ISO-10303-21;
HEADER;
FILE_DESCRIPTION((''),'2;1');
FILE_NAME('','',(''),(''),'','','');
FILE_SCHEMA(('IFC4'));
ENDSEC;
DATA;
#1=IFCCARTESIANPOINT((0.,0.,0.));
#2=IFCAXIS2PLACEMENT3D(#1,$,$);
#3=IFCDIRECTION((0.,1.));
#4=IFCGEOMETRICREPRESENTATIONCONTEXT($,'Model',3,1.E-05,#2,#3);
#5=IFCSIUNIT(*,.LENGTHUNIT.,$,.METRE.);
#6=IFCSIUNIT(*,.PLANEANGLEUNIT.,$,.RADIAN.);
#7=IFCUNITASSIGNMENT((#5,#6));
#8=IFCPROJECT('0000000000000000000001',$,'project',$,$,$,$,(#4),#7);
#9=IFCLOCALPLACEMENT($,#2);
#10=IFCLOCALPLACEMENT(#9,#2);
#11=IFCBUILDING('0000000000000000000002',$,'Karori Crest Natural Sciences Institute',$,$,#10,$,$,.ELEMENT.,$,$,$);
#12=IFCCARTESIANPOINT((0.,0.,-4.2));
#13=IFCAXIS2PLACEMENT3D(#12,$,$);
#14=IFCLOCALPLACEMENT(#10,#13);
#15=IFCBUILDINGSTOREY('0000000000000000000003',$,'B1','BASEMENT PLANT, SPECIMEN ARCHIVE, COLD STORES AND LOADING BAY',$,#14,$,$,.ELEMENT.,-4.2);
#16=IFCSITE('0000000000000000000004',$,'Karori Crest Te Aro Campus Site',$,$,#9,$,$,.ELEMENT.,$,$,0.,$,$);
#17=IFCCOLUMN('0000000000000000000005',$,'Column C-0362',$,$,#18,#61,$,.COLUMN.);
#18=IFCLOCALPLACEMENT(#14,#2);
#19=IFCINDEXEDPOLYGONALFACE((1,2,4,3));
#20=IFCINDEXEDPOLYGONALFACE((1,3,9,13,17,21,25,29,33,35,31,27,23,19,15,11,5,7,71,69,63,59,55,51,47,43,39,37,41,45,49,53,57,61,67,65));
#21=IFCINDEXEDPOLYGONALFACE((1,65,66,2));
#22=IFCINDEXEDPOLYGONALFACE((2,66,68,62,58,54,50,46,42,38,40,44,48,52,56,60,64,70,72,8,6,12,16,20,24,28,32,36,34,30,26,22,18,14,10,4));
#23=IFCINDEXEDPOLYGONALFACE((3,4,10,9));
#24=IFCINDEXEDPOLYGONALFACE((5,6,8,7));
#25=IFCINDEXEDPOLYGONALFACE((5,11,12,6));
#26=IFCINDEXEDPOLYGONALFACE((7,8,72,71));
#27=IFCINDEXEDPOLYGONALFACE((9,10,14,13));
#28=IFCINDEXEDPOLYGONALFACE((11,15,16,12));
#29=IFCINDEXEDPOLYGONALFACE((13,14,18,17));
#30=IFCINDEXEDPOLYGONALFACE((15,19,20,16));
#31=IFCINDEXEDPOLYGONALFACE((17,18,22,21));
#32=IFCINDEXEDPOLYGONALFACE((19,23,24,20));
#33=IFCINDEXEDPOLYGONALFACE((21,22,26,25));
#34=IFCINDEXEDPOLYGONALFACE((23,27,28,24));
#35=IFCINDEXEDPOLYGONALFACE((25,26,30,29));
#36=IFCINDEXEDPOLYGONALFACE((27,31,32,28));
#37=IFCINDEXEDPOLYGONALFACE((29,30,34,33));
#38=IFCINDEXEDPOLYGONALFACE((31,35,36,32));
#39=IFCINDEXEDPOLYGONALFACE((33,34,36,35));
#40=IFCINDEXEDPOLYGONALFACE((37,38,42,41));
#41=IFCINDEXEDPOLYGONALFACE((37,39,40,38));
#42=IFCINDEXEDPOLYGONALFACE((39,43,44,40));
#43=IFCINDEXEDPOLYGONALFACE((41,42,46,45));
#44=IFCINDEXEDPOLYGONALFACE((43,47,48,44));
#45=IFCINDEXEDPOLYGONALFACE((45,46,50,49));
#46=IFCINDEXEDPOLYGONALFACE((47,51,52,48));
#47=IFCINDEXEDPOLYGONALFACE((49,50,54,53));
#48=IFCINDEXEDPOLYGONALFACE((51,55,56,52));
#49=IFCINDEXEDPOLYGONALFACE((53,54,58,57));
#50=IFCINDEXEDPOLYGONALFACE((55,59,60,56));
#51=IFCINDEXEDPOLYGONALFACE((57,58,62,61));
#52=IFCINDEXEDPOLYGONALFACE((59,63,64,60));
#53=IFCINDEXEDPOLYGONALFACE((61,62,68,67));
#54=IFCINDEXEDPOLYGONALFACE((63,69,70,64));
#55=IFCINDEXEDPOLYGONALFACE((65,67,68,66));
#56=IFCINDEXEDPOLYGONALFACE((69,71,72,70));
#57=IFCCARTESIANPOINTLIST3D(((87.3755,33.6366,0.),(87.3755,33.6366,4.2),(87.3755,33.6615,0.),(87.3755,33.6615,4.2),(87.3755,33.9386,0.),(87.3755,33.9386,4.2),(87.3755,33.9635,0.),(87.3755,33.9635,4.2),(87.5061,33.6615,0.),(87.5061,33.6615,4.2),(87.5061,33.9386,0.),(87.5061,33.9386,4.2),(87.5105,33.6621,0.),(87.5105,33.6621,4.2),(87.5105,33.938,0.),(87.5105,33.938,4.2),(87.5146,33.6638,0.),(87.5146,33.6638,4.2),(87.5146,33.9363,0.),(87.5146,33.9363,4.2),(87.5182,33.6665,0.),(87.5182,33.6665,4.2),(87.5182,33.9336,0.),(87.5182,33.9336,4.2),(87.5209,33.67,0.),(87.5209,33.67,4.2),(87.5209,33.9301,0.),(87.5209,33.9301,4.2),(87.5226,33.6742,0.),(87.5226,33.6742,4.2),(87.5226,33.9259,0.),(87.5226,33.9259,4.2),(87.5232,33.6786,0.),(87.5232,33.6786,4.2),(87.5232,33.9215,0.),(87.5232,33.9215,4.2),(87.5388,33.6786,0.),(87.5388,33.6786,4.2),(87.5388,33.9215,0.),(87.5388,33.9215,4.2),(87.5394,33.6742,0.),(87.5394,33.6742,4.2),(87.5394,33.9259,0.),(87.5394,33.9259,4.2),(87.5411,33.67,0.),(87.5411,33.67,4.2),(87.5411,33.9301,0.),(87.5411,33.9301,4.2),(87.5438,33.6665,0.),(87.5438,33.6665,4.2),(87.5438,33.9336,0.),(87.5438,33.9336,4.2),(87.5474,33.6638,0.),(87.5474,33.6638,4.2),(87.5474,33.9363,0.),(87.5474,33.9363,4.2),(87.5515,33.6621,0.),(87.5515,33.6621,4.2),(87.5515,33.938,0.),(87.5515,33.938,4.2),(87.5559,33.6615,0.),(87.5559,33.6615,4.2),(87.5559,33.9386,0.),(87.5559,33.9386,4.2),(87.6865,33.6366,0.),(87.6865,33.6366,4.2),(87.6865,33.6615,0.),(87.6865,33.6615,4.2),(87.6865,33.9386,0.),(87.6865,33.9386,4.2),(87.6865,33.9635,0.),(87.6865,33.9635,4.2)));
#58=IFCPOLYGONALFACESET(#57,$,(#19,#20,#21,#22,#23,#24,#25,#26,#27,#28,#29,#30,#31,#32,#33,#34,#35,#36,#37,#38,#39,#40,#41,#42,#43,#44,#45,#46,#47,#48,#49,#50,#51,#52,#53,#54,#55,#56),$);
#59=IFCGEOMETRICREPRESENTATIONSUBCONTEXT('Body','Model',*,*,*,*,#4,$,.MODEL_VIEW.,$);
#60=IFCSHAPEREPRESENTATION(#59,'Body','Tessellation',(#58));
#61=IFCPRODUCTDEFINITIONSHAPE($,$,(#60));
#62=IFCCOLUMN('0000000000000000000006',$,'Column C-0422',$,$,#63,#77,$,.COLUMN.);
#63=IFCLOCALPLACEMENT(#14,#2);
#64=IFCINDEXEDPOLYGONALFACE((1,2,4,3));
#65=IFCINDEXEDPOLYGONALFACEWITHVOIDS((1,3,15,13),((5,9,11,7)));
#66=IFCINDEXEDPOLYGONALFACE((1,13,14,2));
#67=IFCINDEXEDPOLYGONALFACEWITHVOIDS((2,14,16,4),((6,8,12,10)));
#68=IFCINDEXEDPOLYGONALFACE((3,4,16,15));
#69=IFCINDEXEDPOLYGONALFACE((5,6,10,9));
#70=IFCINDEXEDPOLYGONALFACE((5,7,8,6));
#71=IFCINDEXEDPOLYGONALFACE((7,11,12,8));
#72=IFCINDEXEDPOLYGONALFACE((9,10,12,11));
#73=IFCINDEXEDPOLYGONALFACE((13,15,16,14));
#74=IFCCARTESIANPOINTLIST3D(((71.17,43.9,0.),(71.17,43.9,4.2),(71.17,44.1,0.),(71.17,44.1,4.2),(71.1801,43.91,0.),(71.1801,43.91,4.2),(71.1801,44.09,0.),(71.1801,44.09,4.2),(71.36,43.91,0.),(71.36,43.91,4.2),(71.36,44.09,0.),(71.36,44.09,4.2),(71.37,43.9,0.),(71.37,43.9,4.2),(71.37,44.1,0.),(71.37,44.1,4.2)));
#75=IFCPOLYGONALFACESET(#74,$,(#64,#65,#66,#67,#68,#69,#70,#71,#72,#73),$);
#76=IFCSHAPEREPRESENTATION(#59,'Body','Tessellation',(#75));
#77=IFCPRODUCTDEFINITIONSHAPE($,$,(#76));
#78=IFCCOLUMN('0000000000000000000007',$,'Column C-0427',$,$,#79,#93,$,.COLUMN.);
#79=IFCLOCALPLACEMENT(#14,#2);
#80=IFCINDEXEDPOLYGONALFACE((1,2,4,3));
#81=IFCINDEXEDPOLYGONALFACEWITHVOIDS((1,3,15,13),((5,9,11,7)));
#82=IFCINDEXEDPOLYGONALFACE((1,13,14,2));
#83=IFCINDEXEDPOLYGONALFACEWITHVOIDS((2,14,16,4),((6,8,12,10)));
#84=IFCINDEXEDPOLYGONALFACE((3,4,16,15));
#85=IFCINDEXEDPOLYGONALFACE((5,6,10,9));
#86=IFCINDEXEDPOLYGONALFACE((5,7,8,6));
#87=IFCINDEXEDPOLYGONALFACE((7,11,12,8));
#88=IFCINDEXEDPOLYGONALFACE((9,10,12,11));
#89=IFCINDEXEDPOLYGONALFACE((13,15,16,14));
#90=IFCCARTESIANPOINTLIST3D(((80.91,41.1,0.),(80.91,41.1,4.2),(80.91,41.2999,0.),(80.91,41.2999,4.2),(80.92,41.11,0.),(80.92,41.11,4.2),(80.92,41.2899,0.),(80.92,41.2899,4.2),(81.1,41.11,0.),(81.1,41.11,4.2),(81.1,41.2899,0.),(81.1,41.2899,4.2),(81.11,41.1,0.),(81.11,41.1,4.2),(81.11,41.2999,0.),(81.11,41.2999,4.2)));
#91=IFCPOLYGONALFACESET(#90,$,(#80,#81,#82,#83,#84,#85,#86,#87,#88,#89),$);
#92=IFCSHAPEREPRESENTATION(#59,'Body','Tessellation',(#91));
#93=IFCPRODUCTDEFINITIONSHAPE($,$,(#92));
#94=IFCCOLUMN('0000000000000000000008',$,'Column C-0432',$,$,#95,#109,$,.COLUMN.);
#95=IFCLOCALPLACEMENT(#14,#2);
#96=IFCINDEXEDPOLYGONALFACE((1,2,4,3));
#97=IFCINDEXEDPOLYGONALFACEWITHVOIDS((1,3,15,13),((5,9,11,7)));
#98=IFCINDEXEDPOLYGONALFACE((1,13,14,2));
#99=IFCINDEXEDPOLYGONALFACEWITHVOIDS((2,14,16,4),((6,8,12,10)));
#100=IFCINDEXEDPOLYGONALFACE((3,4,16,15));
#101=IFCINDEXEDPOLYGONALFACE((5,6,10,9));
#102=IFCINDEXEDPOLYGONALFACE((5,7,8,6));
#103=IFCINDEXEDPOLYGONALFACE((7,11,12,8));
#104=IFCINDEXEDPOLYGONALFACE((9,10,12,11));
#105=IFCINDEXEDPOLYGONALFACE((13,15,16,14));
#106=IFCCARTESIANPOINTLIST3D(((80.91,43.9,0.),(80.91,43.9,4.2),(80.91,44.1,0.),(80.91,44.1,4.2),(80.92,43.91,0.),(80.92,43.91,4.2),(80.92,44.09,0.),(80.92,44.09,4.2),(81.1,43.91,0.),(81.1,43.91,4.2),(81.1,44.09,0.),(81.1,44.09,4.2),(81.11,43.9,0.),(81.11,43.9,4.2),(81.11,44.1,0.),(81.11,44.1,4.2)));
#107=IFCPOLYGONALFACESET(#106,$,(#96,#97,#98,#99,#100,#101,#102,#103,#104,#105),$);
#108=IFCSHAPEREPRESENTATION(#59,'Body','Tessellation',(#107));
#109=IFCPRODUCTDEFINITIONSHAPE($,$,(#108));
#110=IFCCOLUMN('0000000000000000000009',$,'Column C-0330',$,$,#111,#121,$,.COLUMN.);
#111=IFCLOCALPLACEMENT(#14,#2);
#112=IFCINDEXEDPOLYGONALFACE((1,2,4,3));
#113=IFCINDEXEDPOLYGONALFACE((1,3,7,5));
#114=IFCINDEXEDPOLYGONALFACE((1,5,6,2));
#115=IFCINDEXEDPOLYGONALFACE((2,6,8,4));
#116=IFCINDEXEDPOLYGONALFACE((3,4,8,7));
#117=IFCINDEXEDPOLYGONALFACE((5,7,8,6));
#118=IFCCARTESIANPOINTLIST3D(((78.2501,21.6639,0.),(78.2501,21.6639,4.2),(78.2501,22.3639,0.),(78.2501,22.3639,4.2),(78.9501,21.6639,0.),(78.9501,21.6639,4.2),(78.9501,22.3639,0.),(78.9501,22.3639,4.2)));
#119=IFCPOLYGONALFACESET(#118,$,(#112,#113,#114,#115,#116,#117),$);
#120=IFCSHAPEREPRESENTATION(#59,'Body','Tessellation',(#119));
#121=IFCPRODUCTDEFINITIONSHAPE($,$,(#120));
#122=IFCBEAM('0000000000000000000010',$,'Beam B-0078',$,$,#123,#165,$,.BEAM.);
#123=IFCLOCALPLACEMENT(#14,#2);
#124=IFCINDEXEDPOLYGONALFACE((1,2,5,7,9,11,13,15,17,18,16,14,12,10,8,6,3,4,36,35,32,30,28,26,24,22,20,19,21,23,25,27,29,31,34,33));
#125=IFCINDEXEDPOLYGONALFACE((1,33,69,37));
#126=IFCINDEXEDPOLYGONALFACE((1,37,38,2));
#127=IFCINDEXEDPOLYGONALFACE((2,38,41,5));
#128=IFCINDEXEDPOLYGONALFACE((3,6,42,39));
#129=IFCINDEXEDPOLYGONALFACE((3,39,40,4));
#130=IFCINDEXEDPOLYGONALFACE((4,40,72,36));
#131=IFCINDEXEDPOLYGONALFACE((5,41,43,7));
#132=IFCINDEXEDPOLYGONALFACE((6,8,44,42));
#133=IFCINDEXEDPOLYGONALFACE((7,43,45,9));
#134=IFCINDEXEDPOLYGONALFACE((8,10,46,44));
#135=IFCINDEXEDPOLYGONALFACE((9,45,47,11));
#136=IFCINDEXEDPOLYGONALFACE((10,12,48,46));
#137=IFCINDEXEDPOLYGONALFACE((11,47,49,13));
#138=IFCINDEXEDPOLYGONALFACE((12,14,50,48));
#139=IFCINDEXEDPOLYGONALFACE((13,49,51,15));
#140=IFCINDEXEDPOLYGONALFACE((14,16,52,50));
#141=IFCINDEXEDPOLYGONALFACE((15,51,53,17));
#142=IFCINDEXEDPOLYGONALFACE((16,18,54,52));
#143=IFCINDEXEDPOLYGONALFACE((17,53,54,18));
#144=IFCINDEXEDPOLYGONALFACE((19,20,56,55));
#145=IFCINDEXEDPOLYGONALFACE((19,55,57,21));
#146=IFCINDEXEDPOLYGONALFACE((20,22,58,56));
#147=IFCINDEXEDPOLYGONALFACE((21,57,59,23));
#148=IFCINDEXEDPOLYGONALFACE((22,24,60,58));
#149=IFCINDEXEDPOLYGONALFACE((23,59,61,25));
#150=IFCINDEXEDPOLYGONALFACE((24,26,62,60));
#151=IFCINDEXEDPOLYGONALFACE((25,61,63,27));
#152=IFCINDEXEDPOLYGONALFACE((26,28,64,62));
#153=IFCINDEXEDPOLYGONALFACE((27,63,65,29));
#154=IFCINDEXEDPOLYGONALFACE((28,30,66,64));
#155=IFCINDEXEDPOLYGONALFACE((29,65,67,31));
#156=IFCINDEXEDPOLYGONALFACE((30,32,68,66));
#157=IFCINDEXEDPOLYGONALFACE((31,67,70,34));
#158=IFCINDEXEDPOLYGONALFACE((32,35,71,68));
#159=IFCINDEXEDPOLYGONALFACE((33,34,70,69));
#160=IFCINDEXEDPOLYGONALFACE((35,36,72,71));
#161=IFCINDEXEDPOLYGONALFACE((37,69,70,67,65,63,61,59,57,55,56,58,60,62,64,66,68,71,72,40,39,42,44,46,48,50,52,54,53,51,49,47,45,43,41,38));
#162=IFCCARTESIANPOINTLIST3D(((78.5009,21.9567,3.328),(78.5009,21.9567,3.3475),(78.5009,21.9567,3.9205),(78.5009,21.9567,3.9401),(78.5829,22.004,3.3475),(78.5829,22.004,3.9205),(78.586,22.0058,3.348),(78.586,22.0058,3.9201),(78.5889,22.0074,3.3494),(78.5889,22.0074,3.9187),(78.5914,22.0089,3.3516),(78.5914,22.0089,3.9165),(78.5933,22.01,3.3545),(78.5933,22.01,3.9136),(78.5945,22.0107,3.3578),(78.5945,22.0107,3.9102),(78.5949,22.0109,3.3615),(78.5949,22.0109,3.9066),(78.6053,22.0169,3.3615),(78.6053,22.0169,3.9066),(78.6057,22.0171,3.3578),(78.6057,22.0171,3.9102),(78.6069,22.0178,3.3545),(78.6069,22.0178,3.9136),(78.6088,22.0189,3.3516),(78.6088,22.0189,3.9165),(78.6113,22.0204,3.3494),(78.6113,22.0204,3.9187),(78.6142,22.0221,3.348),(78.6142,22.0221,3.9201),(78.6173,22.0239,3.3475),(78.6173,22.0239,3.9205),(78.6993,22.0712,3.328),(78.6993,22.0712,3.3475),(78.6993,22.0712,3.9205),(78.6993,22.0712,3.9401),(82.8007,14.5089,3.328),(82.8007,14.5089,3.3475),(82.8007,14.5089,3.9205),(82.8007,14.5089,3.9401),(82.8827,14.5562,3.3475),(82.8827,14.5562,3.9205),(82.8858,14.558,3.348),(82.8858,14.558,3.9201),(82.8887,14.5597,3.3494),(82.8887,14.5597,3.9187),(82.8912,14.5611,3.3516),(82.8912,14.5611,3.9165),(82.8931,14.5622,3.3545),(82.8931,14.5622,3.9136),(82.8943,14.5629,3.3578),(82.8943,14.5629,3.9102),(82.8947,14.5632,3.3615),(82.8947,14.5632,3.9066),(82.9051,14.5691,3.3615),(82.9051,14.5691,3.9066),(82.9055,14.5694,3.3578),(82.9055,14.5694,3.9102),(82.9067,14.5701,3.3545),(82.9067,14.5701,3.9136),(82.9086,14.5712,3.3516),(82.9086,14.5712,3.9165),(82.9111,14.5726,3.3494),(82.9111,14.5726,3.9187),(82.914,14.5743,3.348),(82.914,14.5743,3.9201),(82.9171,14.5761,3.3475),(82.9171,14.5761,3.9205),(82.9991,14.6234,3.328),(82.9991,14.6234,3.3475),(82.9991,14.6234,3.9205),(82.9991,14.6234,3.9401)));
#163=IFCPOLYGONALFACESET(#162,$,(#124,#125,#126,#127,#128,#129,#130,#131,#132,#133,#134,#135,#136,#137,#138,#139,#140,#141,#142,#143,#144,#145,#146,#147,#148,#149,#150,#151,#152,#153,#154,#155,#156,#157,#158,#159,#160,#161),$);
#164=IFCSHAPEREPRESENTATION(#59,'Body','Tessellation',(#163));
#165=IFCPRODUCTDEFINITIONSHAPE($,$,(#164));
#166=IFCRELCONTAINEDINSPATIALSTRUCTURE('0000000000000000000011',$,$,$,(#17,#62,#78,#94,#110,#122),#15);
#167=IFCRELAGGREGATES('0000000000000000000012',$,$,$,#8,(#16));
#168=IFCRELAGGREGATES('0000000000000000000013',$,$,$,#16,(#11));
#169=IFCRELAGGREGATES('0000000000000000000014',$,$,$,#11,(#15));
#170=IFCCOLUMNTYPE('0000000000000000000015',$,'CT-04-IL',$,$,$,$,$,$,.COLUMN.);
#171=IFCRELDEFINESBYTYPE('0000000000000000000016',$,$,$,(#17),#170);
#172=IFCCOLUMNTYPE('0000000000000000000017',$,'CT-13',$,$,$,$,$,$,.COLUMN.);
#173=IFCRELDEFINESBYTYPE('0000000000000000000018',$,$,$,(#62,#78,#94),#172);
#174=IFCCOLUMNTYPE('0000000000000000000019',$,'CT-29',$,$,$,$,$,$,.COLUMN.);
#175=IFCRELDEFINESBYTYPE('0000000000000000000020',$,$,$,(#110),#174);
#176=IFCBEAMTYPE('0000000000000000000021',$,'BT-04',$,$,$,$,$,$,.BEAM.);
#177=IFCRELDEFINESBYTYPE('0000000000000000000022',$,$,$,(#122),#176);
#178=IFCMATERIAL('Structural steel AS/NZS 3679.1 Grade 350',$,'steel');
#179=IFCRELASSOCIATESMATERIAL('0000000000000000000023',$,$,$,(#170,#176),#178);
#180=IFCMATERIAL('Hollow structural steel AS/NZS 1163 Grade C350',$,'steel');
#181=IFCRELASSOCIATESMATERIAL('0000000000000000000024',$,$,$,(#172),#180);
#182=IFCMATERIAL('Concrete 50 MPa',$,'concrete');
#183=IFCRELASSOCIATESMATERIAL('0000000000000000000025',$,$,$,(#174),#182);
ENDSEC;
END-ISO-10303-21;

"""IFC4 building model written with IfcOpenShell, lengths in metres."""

from ifc_helpers import new_model, si_unit, direction, frame, origin, origin_2d, place, context, subcontext, project, spatial, rectangle, hollow_rectangle, i_section, extrude, material, material_profile, profile_set, type_object, element, save


model = new_model("IFC4")

# Units and contexts
model_context = context("Model", 3, precision=1e-05, world=origin(), true_north=direction((0.0, 1.0)))
body_context = subcontext(model_context, "Body", "Model", "MODEL_VIEW")
ifc_project = project(units=[si_unit("LENGTHUNIT", "METRE"), si_unit("PLANEANGLEUNIT", "RADIAN")], contexts=[model_context])

# Site, building, storey
site_placement = place(None, origin())
site = spatial("IfcSite", under=ifc_project, at=site_placement, Name="Karori Crest Te Aro Campus Site", CompositionType="ELEMENT", RefElevation=0.0)
building_placement = place(site_placement, origin())
building = spatial("IfcBuilding", under=site, at=building_placement, Name="Karori Crest Natural Sciences Institute", CompositionType="ELEMENT")
storey_placement = place(building_placement, frame((0.0, 0.0, -4.2)))
storey = spatial("IfcBuildingStorey", under=building, at=storey_placement, Name="B1", Description="BASEMENT PLANT, SPECIMEN ARCHIVE, COLD STORES AND LOADING BAY", CompositionType="ELEMENT", Elevation=-4.2)

# Columns
ifc_material_1 = material(Name="Structural steel AS/NZS 3679.1 Grade 350", Category="steel")
ifc_material_profile_1 = material_profile(ifc_material_1, i_section(OverallWidth=0.311, OverallDepth=0.3269, WebThickness=0.0156, FlangeThickness=0.0249, FilletRadius=0.0171, at=origin_2d()), Name="310UC158")
ifc_profile_set_1 = profile_set([ifc_material_profile_1], Name="Structural steel AS/NZS 3679.1 Grade 350")
column_type_1 = type_object("IfcColumnType", Name="CT-04-IL", PredefinedType="COLUMN", material=ifc_profile_set_1)
for number, where, z_axis, x_axis, name in (
    (1, (87.531, 33.8, 0.0), (0.0, 0.0, 1.0), (1.0, 0.0, 0.0), "Column C-0362"),
):
    element("IfcColumn", number, at=place(storey_placement, frame(where, z_axis=z_axis, x_axis=x_axis)), inside=storey, type_object=column_type_1, Name=name, PredefinedType="COLUMN", context=body_context, shape_type="SweptSolid", body=[
        extrude(i_section(OverallWidth=0.311, OverallDepth=0.3269, WebThickness=0.0156, FlangeThickness=0.0249, FilletRadius=0.0171, at=origin_2d()), origin(), (0.0, 0.0, 1.0), 4.2),
    ])
ifc_material_2 = material(Name="Hollow structural steel AS/NZS 1163 Grade C350", Category="steel")
ifc_material_profile_2 = material_profile(ifc_material_2, hollow_rectangle(XDim=0.2, YDim=0.2, WallThickness=0.01, at=origin_2d()), Name="SHS200x200x10")
ifc_profile_set_2 = profile_set([ifc_material_profile_2], Name="Hollow structural steel AS/NZS 1163 Grade C350")
column_type_2 = type_object("IfcColumnType", Name="CT-13", PredefinedType="COLUMN", material=ifc_profile_set_2)
for number, where, z_axis, x_axis, name in (
    (2, (71.27, 44.0, 0.0), (0.0, 0.0, 1.0), (1.0, 0.0, 0.0), "Column C-0422"),
    (3, (81.01, 41.2, 0.0), (0.0, 0.0, 1.0), (1.0, 0.0, 0.0), "Column C-0427"),
    (4, (81.01, 44.0, 0.0), (0.0, 0.0, 1.0), (1.0, 0.0, 0.0), "Column C-0432"),
):
    element("IfcColumn", number, at=place(storey_placement, frame(where, z_axis=z_axis, x_axis=x_axis)), inside=storey, type_object=column_type_2, Name=name, PredefinedType="COLUMN", context=body_context, shape_type="SweptSolid", body=[
        extrude(hollow_rectangle(XDim=0.2, YDim=0.2, WallThickness=0.01, at=origin_2d()), origin(), (0.0, 0.0, 1.0), 4.2),
    ])
ifc_material_3 = material(Name="Concrete 50 MPa", Category="concrete")
ifc_material_profile_3 = material_profile(ifc_material_3, rectangle(XDim=0.7, YDim=0.7, at=origin_2d()), Name="RC700x700")
ifc_profile_set_3 = profile_set([ifc_material_profile_3], Name="Concrete 50 MPa")
column_type_3 = type_object("IfcColumnType", Name="CT-29", PredefinedType="COLUMN", material=ifc_profile_set_3)
column_placement = place(storey_placement, frame((78.6001, 22.0139, 0.0), z_axis=(0.0, 0.0, 1.0), x_axis=(1.0, 0.0, 0.0)))
element("IfcColumn", 5, at=column_placement, inside=storey, type_object=column_type_3, Name="Column C-0330", PredefinedType="COLUMN", context=body_context, shape_type="SweptSolid", body=[
    extrude(rectangle(XDim=0.7, YDim=0.7, at=origin_2d()), origin(), (0.0, 0.0, 1.0), 4.2),
])

# Beam
ifc_material_profile_4 = material_profile(ifc_material_1, i_section(OverallWidth=0.229, OverallDepth=0.6121, WebThickness=0.012, FlangeThickness=0.0195, FilletRadius=0.0139, at=origin_2d()), Name="610UB125")
ifc_profile_set_4 = profile_set([ifc_material_profile_4], Name="Structural steel AS/NZS 3679.1 Grade 350")
beam_type_1 = type_object("IfcBeamType", Name="BT-04", PredefinedType="BEAM", material=ifc_profile_set_4)
beam_1_placement = place(storey_placement, frame((78.6001, 22.0139, 3.634), z_axis=(0.499986, -0.866033, 0.0), x_axis=(0.866033, 0.499986, 0.0)))
element("IfcBeam", 6, at=beam_1_placement, inside=storey, type_object=beam_type_1, Name="Beam B-0078", PredefinedType="BEAM", context=body_context, shape_type="SweptSolid", body=[
    extrude(i_section(OverallWidth=0.229, OverallDepth=0.6121, WebThickness=0.012, FlangeThickness=0.0195, FilletRadius=0.0139, at=origin_2d()), origin(), (0.0, 0.0, 1.0), 8.5999),
])

save(model, "model.ifc")
